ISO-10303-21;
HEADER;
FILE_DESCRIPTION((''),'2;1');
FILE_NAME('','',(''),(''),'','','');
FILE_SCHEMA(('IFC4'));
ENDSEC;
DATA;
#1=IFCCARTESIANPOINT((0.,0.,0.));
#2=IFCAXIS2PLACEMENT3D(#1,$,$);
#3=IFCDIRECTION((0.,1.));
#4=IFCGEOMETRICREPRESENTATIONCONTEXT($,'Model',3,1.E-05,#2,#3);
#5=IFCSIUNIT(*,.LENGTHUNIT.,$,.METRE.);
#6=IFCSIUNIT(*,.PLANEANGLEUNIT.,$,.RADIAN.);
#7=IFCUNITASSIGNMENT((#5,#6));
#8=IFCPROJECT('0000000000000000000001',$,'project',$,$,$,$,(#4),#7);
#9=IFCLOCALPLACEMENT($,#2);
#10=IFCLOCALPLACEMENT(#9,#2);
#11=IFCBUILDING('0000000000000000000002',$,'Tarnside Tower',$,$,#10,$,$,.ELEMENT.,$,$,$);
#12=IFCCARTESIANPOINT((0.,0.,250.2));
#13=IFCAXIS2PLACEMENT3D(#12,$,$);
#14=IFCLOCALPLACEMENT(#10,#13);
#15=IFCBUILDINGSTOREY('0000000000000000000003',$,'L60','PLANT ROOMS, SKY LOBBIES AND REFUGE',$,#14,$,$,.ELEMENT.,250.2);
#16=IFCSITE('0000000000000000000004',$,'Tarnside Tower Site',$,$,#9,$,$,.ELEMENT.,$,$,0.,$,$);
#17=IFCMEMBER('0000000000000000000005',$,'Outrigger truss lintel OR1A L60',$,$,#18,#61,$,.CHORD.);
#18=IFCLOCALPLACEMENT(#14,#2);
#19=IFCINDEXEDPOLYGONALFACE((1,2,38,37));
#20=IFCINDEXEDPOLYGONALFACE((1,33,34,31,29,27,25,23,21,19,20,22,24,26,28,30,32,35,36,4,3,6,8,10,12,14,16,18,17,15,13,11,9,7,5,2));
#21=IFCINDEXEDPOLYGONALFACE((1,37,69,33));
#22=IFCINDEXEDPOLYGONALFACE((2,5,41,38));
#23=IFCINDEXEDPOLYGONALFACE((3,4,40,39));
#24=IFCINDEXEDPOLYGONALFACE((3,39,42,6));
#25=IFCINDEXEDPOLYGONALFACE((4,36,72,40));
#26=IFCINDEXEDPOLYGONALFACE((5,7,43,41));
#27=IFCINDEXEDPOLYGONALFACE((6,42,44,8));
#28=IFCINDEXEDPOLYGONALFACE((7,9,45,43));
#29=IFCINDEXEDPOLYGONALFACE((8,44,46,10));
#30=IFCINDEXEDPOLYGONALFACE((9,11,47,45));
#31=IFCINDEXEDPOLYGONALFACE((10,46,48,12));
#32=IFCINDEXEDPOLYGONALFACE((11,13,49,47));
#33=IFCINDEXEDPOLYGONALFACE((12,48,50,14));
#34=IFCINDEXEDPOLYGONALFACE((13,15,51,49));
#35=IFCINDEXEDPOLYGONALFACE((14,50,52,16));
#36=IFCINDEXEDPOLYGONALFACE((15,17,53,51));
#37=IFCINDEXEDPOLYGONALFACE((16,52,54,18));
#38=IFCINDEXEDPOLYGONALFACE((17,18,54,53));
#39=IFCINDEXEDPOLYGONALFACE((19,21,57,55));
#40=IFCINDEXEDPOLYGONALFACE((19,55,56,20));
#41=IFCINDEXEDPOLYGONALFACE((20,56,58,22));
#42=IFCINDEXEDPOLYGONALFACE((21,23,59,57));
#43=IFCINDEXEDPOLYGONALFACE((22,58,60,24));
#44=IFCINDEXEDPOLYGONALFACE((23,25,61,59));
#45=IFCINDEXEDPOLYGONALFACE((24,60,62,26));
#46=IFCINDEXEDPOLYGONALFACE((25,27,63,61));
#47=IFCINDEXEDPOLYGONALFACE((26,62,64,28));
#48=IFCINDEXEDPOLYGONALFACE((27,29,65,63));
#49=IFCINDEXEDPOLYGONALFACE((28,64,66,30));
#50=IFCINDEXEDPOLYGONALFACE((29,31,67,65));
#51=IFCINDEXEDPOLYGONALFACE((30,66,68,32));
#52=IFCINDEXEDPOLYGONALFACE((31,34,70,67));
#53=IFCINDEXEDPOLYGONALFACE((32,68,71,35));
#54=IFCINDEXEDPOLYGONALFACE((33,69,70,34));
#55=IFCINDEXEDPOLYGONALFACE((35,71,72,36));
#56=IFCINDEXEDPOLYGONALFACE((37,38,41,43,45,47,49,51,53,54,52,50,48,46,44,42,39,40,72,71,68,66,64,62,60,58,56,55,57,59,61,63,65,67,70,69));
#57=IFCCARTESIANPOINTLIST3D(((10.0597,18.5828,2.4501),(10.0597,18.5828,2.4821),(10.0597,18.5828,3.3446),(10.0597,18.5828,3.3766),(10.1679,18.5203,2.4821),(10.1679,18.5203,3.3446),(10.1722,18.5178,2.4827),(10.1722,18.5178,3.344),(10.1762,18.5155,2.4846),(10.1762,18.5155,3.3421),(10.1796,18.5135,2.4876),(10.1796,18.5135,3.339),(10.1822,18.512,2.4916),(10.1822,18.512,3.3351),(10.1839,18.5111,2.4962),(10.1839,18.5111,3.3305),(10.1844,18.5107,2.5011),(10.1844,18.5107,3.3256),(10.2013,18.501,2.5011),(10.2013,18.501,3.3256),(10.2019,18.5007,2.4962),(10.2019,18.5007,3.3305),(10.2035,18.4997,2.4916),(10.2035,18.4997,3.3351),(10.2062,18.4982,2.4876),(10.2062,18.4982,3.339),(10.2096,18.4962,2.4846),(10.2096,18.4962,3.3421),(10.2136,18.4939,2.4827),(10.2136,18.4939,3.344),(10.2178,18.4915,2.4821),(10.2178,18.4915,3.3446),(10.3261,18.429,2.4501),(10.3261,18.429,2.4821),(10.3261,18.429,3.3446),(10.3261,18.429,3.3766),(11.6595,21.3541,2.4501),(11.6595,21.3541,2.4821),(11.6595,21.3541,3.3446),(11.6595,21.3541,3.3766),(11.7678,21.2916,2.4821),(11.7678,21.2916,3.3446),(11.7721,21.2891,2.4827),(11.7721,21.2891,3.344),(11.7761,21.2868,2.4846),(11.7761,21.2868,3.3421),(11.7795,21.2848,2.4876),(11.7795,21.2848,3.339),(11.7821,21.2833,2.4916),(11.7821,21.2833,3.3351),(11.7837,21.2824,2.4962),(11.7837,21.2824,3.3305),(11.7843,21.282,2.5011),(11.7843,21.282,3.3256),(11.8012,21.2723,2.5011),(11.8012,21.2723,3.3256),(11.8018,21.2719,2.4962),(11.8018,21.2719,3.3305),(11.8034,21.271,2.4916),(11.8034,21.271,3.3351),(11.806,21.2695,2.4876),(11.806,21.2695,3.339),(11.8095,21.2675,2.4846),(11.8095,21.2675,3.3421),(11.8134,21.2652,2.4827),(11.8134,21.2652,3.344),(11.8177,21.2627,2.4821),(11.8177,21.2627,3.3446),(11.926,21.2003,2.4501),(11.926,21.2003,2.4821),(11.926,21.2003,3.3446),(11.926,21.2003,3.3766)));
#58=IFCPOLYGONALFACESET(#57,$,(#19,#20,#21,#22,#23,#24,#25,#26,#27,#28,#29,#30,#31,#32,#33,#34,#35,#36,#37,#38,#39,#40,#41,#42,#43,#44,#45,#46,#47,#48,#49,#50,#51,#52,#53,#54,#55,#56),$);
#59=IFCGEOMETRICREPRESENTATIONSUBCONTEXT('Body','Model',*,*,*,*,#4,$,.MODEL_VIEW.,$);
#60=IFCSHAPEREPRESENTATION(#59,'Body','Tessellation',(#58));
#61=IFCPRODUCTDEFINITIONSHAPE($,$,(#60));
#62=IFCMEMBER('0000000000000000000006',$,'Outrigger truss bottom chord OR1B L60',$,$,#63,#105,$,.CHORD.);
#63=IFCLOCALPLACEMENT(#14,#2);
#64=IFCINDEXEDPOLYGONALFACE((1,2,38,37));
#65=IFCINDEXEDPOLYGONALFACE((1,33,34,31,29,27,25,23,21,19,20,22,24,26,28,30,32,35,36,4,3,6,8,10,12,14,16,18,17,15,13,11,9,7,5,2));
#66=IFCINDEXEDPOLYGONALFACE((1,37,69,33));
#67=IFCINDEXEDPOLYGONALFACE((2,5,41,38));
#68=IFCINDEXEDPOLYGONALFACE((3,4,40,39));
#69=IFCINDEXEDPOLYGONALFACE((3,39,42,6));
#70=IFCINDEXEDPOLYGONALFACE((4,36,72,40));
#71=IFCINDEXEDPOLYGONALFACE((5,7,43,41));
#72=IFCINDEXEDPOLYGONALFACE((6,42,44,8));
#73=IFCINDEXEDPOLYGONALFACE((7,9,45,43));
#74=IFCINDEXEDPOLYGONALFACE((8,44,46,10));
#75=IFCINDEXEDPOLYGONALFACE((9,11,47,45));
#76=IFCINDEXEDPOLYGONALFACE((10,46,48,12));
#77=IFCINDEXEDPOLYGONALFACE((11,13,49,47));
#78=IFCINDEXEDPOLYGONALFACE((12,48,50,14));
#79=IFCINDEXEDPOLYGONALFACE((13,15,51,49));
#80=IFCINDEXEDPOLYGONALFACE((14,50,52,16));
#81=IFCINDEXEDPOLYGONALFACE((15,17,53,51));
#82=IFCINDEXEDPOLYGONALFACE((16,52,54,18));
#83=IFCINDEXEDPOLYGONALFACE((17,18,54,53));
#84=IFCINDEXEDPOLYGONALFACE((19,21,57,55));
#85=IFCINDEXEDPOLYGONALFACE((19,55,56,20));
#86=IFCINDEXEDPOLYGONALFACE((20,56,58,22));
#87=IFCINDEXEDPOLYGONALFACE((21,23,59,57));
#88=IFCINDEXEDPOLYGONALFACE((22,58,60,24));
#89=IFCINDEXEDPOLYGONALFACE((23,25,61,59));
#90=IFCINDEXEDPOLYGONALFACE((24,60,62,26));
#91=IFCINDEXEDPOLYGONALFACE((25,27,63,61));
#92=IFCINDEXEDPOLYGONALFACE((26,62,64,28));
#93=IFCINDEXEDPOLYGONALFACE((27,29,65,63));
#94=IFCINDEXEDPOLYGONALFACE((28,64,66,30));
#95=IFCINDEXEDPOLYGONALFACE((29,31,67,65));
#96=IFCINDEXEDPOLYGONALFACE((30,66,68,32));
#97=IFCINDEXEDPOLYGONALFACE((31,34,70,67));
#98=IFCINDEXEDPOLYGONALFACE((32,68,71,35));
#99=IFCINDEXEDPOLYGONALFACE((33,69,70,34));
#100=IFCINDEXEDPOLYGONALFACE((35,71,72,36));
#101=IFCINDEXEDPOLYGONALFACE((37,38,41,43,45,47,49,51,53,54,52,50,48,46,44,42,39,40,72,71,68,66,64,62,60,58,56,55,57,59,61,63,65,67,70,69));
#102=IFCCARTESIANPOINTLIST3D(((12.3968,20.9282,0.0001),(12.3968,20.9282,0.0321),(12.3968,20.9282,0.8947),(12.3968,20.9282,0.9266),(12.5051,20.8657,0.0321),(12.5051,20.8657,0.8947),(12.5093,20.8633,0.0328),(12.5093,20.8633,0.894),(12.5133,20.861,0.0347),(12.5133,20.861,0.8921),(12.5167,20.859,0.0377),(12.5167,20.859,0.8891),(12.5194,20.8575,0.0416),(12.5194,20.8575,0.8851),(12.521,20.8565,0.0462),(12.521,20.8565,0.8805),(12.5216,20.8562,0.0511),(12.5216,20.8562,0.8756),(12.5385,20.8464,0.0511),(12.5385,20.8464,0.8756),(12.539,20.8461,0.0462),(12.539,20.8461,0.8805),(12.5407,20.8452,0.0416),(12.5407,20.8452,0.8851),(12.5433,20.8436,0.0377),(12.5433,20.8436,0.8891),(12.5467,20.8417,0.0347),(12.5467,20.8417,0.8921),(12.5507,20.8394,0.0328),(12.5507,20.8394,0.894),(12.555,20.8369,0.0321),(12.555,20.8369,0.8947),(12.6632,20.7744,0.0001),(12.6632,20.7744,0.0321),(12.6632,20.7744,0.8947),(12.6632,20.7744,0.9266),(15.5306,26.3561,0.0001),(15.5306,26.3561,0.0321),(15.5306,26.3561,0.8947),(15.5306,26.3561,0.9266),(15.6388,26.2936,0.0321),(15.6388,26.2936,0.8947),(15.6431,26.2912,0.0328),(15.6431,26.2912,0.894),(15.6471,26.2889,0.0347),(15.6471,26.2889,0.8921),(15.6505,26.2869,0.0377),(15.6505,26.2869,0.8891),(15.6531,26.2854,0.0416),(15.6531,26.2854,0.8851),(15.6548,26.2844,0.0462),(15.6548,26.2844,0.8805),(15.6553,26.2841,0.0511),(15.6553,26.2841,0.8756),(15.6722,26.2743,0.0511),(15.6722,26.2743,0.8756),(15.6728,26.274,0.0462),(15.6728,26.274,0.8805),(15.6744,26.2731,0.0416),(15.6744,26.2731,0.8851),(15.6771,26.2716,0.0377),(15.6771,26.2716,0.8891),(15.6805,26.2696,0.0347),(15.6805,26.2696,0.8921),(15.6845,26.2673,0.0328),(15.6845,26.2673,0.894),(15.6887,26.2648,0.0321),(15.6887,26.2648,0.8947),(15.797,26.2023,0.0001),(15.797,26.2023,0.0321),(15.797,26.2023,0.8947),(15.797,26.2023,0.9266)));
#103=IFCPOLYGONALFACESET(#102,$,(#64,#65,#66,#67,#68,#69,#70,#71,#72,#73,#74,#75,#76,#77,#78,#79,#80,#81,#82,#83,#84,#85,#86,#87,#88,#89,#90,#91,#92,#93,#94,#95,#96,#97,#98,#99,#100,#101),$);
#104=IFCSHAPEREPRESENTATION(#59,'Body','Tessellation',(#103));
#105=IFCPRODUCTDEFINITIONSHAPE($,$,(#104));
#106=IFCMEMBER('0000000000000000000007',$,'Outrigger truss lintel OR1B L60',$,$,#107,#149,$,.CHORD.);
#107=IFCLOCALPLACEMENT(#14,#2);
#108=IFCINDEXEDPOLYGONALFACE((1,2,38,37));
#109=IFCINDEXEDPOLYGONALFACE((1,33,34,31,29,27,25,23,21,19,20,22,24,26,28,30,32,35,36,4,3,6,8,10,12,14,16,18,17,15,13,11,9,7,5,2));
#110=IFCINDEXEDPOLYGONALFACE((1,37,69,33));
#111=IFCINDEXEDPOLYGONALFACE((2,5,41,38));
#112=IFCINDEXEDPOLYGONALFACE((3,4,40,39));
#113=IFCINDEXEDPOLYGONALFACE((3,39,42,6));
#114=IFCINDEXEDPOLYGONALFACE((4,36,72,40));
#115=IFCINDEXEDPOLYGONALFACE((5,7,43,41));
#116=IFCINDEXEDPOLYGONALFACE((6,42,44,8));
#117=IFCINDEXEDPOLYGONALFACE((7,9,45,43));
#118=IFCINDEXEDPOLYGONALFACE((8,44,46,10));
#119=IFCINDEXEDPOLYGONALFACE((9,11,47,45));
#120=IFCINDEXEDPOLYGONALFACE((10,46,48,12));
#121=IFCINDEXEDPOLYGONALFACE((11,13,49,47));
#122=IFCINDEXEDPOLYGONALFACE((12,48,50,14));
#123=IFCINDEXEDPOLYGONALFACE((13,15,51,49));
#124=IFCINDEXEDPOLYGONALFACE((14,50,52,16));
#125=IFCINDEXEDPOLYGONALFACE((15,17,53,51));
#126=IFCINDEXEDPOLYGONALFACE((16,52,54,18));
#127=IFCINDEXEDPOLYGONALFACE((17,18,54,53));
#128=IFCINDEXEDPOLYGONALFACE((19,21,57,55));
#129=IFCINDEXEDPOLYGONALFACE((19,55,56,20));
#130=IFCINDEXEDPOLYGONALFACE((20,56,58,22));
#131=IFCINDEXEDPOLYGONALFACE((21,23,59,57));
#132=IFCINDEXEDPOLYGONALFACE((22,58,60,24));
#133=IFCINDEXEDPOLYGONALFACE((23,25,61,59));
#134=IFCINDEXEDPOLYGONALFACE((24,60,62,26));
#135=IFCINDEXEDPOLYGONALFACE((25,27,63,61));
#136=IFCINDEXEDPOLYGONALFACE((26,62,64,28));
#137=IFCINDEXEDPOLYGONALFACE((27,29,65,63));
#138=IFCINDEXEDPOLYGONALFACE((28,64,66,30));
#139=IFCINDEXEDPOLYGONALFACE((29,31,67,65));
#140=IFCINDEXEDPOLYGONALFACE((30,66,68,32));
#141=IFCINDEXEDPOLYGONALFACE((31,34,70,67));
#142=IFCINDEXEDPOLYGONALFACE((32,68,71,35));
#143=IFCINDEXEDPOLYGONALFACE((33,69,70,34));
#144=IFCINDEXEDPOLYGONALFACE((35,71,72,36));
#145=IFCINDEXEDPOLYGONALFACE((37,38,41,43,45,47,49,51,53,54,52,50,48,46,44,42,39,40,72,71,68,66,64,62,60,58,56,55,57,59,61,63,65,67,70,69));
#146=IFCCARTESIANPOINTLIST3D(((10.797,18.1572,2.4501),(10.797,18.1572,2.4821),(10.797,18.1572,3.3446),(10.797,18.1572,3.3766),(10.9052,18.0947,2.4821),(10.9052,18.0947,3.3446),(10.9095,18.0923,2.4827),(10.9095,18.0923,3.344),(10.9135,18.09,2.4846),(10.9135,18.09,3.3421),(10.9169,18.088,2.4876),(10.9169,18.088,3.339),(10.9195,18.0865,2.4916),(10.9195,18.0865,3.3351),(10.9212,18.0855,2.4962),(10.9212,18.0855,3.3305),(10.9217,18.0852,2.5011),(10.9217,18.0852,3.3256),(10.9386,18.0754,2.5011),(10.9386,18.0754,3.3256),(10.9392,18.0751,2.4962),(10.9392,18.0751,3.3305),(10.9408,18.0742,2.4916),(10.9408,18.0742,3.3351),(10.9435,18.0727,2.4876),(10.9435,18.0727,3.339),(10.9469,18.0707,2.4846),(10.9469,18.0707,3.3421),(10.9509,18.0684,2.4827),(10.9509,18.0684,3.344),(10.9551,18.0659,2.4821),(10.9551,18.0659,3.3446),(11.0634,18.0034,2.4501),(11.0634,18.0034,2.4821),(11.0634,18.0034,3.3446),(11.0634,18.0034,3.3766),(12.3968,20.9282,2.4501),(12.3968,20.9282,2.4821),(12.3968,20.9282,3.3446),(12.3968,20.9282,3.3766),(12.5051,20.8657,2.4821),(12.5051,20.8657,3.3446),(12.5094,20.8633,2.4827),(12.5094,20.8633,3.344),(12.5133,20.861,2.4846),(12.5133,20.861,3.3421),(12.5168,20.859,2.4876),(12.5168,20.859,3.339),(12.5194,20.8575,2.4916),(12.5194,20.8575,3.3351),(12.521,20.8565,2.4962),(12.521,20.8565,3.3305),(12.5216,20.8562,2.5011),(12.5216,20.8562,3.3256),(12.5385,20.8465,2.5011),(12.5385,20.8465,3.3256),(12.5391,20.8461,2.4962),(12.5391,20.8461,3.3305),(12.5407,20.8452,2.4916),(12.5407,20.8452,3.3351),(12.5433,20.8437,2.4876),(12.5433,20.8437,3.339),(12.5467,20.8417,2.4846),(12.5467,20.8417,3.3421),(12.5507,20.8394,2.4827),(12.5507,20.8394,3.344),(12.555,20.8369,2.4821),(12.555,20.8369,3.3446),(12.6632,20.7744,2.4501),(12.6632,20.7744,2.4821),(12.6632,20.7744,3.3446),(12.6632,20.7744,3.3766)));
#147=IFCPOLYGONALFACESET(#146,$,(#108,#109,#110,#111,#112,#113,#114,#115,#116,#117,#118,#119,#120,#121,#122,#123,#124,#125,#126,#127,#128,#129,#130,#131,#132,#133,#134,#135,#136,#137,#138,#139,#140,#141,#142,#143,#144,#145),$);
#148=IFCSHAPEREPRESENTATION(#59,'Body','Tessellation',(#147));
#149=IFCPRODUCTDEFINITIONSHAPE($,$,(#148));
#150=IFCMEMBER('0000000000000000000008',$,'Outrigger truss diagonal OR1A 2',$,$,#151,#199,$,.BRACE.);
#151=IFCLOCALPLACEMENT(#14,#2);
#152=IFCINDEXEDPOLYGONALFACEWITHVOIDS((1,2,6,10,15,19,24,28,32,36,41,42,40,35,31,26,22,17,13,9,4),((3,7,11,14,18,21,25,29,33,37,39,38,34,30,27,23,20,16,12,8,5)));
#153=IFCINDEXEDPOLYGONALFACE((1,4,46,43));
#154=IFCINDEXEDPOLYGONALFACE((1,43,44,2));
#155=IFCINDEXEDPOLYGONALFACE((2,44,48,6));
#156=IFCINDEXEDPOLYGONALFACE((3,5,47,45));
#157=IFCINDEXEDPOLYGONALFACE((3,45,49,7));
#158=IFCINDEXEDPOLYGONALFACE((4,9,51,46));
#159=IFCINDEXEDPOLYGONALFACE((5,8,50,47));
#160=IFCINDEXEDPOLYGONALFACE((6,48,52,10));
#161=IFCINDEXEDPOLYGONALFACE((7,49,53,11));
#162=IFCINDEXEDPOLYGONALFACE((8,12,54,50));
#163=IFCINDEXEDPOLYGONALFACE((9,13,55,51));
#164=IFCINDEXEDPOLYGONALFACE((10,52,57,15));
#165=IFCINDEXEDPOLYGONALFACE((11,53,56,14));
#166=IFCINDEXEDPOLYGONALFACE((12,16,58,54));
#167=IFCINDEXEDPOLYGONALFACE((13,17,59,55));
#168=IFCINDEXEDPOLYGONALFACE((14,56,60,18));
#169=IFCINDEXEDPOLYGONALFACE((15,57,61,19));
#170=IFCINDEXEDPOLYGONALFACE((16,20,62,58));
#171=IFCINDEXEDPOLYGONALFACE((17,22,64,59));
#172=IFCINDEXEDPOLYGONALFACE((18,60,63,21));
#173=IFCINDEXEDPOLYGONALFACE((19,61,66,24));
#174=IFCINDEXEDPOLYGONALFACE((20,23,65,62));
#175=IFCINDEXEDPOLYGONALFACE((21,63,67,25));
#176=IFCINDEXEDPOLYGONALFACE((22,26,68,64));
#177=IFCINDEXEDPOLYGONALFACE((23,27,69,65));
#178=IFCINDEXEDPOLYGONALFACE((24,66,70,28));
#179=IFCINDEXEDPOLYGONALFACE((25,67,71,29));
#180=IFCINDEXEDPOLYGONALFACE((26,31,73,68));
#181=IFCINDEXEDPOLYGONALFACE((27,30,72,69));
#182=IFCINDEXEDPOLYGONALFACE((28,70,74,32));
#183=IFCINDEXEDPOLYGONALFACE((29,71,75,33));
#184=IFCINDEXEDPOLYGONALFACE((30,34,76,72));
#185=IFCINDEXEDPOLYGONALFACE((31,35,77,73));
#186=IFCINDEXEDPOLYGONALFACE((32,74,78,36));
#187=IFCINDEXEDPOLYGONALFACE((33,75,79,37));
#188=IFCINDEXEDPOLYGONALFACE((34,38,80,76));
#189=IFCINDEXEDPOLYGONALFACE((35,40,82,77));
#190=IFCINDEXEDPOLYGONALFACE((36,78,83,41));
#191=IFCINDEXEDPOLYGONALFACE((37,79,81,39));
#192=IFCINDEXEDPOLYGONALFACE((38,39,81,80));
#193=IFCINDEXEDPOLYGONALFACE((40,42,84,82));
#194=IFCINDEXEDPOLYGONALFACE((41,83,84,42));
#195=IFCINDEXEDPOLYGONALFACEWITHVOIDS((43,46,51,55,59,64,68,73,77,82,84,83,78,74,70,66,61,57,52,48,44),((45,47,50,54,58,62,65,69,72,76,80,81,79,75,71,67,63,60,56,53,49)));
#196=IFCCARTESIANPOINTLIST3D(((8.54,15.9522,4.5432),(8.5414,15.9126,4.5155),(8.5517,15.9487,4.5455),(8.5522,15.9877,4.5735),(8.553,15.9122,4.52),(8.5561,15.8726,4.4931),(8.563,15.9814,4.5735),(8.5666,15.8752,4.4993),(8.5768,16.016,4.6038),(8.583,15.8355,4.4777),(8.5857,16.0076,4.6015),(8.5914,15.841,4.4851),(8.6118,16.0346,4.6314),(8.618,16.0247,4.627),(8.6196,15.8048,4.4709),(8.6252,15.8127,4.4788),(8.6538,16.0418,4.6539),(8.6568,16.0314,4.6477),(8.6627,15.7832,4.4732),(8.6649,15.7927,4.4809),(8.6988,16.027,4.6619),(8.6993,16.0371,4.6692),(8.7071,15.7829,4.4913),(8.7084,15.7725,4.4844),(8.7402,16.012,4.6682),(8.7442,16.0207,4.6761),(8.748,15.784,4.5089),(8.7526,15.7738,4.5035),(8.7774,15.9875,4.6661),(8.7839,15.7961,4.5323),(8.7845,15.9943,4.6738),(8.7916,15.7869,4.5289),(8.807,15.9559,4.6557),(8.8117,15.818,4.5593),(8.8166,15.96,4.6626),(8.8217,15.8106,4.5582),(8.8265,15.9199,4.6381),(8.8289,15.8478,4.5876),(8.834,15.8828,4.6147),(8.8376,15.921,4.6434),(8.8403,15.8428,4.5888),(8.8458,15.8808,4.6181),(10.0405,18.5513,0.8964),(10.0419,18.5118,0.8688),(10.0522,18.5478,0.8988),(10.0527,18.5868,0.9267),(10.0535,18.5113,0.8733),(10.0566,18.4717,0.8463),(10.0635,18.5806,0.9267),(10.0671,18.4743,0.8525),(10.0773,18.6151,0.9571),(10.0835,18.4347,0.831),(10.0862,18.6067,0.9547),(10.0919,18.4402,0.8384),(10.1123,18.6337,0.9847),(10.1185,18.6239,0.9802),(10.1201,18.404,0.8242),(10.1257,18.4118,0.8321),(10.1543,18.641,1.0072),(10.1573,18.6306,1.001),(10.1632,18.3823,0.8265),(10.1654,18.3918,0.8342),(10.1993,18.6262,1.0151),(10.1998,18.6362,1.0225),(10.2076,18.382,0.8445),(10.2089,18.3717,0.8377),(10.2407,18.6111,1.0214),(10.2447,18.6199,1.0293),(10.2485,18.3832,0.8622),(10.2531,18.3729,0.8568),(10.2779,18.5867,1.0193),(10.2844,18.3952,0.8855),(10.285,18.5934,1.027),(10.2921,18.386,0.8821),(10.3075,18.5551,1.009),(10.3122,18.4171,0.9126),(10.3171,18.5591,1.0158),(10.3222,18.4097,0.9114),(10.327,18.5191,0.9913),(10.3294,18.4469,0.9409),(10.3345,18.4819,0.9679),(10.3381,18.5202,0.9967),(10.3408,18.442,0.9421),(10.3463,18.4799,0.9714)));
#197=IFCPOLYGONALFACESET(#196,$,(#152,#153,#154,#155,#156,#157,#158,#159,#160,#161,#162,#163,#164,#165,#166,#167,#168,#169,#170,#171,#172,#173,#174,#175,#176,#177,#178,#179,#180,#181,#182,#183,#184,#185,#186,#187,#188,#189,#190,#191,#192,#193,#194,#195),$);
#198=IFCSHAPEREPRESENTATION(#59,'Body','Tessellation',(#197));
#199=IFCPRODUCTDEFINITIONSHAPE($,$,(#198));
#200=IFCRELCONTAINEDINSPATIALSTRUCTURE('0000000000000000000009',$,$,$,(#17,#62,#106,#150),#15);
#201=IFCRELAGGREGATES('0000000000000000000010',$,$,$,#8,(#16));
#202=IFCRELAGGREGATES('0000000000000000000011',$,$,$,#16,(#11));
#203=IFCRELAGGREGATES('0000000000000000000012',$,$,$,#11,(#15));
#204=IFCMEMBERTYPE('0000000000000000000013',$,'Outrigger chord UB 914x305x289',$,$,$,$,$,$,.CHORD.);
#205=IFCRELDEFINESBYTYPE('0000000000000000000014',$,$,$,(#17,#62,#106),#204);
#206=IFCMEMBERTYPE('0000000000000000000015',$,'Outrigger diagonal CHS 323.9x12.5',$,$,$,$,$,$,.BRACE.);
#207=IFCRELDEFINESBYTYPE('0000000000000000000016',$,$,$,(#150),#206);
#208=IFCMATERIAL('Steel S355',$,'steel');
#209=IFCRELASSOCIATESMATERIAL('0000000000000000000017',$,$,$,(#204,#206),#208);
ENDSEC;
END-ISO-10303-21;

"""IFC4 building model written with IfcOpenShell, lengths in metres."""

from ifc_helpers import new_model, si_unit, direction, frame, origin, origin_2d, place, context, subcontext, project, spatial, hollow_circle, i_section, extrude, material, material_profile, profile_set, type_object, element, save


model = new_model("IFC4")

# Units and contexts
model_context = context("Model", 3, precision=1e-05, world=origin(), true_north=direction((0.0, 1.0)))
body_context = subcontext(model_context, "Body", "Model", "MODEL_VIEW")
ifc_project = project(units=[si_unit("LENGTHUNIT", "METRE"), si_unit("PLANEANGLEUNIT", "RADIAN")], contexts=[model_context])

# Site, building, storey
site_placement = place(None, origin())
site = spatial("IfcSite", under=ifc_project, at=site_placement, Name="Tarnside Tower Site", CompositionType="ELEMENT", RefElevation=0.0)
building_placement = place(site_placement, origin())
building = spatial("IfcBuilding", under=site, at=building_placement, Name="Tarnside Tower", CompositionType="ELEMENT")
storey_placement = place(building_placement, frame((0.0, 0.0, 250.2)))
storey = spatial("IfcBuildingStorey", under=building, at=storey_placement, Name="L60", Description="PLANT ROOMS, SKY LOBBIES AND REFUGE", CompositionType="ELEMENT", Elevation=250.2)

# Members
ifc_material_1 = material(Name="Steel S355", Category="steel")
ifc_material_profile_1 = material_profile(ifc_material_1, i_section(OverallWidth=0.3076, OverallDepth=0.9265, WebThickness=0.0195, FlangeThickness=0.032, FilletRadius=0.019, at=origin_2d()), Name="UB 914x305x289")
ifc_profile_set_1 = profile_set([ifc_material_profile_1], Name="Steel S355")
member_type_1 = type_object("IfcMemberType", Name="Outrigger chord UB 914x305x289", PredefinedType="CHORD", material=ifc_profile_set_1)
member_1_placement = place(storey_placement, frame((10.1929, 18.5059, 2.9133), z_axis=(0.499971, 0.866042, 0.0), x_axis=(-0.866042, 0.499971, 0.0)))
element("IfcMember", 1, at=member_1_placement, inside=storey, type_object=member_type_1, Name="Outrigger truss lintel OR1A L60", PredefinedType="CHORD", context=body_context, shape_type="SweptSolid", body=[
    extrude(i_section(OverallWidth=0.3076, OverallDepth=0.9265, WebThickness=0.0195, FlangeThickness=0.032, FilletRadius=0.019, at=origin_2d()), origin(), (0.0, 0.0, 1.0), 3.2),
])
member_2_placement = place(storey_placement, frame((12.53, 20.8513, 0.4634), z_axis=(0.499993, 0.866029, 0.0), x_axis=(-0.866029, 0.499993, 0.0)))
element("IfcMember", 2, at=member_2_placement, inside=storey, type_object=member_type_1, Name="Outrigger truss bottom chord OR1B L60", PredefinedType="CHORD", context=body_context, shape_type="SweptSolid", body=[
    extrude(i_section(OverallWidth=0.3076, OverallDepth=0.9265, WebThickness=0.0195, FlangeThickness=0.032, FilletRadius=0.019, at=origin_2d()), origin(), (0.0, 0.0, 1.0), 6.2676),
])
member_3_placement = place(storey_placement, frame((10.9302, 18.0803, 2.9133), z_axis=(0.500004, 0.866023, 0.0), x_axis=(-0.866023, 0.500004, 0.0)))
element("IfcMember", 3, at=member_3_placement, inside=storey, type_object=member_type_1, Name="Outrigger truss lintel OR1B L60", PredefinedType="CHORD", context=body_context, shape_type="SweptSolid", body=[
    extrude(i_section(OverallWidth=0.3076, OverallDepth=0.9265, WebThickness=0.0195, FlangeThickness=0.032, FilletRadius=0.019, at=origin_2d()), origin(), (0.0, 0.0, 1.0), 3.1997),
])
ifc_material_profile_2 = material_profile(ifc_material_1, hollow_circle(Radius=0.1619, WallThickness=0.0125, at=origin_2d()), Name="CHS 323.9x12.5")
ifc_profile_set_2 = profile_set([ifc_material_profile_2], Name="Steel S355")
member_type_2 = type_object("IfcMemberType", Name="Outrigger diagonal CHS 323.9x12.5", PredefinedType="BRACE", material=ifc_profile_set_2)
member_4_placement = place(storey_placement, frame((8.6924, 15.9067, 4.5735), z_axis=(0.317707, 0.550326, -0.772142), x_axis=(-0.866042, 0.499971, 0.0)))
element("IfcMember", 4, at=member_4_placement, inside=storey, type_object=member_type_2, Name="Outrigger truss diagonal OR1A 2", PredefinedType="BRACE", context=body_context, shape_type="SweptSolid", body=[
    extrude(hollow_circle(Radius=0.1619, WallThickness=0.0125, at=origin_2d()), origin(), (0.0, 0.0, 1.0), 4.7229),
])

save(model, "model.ifc")
